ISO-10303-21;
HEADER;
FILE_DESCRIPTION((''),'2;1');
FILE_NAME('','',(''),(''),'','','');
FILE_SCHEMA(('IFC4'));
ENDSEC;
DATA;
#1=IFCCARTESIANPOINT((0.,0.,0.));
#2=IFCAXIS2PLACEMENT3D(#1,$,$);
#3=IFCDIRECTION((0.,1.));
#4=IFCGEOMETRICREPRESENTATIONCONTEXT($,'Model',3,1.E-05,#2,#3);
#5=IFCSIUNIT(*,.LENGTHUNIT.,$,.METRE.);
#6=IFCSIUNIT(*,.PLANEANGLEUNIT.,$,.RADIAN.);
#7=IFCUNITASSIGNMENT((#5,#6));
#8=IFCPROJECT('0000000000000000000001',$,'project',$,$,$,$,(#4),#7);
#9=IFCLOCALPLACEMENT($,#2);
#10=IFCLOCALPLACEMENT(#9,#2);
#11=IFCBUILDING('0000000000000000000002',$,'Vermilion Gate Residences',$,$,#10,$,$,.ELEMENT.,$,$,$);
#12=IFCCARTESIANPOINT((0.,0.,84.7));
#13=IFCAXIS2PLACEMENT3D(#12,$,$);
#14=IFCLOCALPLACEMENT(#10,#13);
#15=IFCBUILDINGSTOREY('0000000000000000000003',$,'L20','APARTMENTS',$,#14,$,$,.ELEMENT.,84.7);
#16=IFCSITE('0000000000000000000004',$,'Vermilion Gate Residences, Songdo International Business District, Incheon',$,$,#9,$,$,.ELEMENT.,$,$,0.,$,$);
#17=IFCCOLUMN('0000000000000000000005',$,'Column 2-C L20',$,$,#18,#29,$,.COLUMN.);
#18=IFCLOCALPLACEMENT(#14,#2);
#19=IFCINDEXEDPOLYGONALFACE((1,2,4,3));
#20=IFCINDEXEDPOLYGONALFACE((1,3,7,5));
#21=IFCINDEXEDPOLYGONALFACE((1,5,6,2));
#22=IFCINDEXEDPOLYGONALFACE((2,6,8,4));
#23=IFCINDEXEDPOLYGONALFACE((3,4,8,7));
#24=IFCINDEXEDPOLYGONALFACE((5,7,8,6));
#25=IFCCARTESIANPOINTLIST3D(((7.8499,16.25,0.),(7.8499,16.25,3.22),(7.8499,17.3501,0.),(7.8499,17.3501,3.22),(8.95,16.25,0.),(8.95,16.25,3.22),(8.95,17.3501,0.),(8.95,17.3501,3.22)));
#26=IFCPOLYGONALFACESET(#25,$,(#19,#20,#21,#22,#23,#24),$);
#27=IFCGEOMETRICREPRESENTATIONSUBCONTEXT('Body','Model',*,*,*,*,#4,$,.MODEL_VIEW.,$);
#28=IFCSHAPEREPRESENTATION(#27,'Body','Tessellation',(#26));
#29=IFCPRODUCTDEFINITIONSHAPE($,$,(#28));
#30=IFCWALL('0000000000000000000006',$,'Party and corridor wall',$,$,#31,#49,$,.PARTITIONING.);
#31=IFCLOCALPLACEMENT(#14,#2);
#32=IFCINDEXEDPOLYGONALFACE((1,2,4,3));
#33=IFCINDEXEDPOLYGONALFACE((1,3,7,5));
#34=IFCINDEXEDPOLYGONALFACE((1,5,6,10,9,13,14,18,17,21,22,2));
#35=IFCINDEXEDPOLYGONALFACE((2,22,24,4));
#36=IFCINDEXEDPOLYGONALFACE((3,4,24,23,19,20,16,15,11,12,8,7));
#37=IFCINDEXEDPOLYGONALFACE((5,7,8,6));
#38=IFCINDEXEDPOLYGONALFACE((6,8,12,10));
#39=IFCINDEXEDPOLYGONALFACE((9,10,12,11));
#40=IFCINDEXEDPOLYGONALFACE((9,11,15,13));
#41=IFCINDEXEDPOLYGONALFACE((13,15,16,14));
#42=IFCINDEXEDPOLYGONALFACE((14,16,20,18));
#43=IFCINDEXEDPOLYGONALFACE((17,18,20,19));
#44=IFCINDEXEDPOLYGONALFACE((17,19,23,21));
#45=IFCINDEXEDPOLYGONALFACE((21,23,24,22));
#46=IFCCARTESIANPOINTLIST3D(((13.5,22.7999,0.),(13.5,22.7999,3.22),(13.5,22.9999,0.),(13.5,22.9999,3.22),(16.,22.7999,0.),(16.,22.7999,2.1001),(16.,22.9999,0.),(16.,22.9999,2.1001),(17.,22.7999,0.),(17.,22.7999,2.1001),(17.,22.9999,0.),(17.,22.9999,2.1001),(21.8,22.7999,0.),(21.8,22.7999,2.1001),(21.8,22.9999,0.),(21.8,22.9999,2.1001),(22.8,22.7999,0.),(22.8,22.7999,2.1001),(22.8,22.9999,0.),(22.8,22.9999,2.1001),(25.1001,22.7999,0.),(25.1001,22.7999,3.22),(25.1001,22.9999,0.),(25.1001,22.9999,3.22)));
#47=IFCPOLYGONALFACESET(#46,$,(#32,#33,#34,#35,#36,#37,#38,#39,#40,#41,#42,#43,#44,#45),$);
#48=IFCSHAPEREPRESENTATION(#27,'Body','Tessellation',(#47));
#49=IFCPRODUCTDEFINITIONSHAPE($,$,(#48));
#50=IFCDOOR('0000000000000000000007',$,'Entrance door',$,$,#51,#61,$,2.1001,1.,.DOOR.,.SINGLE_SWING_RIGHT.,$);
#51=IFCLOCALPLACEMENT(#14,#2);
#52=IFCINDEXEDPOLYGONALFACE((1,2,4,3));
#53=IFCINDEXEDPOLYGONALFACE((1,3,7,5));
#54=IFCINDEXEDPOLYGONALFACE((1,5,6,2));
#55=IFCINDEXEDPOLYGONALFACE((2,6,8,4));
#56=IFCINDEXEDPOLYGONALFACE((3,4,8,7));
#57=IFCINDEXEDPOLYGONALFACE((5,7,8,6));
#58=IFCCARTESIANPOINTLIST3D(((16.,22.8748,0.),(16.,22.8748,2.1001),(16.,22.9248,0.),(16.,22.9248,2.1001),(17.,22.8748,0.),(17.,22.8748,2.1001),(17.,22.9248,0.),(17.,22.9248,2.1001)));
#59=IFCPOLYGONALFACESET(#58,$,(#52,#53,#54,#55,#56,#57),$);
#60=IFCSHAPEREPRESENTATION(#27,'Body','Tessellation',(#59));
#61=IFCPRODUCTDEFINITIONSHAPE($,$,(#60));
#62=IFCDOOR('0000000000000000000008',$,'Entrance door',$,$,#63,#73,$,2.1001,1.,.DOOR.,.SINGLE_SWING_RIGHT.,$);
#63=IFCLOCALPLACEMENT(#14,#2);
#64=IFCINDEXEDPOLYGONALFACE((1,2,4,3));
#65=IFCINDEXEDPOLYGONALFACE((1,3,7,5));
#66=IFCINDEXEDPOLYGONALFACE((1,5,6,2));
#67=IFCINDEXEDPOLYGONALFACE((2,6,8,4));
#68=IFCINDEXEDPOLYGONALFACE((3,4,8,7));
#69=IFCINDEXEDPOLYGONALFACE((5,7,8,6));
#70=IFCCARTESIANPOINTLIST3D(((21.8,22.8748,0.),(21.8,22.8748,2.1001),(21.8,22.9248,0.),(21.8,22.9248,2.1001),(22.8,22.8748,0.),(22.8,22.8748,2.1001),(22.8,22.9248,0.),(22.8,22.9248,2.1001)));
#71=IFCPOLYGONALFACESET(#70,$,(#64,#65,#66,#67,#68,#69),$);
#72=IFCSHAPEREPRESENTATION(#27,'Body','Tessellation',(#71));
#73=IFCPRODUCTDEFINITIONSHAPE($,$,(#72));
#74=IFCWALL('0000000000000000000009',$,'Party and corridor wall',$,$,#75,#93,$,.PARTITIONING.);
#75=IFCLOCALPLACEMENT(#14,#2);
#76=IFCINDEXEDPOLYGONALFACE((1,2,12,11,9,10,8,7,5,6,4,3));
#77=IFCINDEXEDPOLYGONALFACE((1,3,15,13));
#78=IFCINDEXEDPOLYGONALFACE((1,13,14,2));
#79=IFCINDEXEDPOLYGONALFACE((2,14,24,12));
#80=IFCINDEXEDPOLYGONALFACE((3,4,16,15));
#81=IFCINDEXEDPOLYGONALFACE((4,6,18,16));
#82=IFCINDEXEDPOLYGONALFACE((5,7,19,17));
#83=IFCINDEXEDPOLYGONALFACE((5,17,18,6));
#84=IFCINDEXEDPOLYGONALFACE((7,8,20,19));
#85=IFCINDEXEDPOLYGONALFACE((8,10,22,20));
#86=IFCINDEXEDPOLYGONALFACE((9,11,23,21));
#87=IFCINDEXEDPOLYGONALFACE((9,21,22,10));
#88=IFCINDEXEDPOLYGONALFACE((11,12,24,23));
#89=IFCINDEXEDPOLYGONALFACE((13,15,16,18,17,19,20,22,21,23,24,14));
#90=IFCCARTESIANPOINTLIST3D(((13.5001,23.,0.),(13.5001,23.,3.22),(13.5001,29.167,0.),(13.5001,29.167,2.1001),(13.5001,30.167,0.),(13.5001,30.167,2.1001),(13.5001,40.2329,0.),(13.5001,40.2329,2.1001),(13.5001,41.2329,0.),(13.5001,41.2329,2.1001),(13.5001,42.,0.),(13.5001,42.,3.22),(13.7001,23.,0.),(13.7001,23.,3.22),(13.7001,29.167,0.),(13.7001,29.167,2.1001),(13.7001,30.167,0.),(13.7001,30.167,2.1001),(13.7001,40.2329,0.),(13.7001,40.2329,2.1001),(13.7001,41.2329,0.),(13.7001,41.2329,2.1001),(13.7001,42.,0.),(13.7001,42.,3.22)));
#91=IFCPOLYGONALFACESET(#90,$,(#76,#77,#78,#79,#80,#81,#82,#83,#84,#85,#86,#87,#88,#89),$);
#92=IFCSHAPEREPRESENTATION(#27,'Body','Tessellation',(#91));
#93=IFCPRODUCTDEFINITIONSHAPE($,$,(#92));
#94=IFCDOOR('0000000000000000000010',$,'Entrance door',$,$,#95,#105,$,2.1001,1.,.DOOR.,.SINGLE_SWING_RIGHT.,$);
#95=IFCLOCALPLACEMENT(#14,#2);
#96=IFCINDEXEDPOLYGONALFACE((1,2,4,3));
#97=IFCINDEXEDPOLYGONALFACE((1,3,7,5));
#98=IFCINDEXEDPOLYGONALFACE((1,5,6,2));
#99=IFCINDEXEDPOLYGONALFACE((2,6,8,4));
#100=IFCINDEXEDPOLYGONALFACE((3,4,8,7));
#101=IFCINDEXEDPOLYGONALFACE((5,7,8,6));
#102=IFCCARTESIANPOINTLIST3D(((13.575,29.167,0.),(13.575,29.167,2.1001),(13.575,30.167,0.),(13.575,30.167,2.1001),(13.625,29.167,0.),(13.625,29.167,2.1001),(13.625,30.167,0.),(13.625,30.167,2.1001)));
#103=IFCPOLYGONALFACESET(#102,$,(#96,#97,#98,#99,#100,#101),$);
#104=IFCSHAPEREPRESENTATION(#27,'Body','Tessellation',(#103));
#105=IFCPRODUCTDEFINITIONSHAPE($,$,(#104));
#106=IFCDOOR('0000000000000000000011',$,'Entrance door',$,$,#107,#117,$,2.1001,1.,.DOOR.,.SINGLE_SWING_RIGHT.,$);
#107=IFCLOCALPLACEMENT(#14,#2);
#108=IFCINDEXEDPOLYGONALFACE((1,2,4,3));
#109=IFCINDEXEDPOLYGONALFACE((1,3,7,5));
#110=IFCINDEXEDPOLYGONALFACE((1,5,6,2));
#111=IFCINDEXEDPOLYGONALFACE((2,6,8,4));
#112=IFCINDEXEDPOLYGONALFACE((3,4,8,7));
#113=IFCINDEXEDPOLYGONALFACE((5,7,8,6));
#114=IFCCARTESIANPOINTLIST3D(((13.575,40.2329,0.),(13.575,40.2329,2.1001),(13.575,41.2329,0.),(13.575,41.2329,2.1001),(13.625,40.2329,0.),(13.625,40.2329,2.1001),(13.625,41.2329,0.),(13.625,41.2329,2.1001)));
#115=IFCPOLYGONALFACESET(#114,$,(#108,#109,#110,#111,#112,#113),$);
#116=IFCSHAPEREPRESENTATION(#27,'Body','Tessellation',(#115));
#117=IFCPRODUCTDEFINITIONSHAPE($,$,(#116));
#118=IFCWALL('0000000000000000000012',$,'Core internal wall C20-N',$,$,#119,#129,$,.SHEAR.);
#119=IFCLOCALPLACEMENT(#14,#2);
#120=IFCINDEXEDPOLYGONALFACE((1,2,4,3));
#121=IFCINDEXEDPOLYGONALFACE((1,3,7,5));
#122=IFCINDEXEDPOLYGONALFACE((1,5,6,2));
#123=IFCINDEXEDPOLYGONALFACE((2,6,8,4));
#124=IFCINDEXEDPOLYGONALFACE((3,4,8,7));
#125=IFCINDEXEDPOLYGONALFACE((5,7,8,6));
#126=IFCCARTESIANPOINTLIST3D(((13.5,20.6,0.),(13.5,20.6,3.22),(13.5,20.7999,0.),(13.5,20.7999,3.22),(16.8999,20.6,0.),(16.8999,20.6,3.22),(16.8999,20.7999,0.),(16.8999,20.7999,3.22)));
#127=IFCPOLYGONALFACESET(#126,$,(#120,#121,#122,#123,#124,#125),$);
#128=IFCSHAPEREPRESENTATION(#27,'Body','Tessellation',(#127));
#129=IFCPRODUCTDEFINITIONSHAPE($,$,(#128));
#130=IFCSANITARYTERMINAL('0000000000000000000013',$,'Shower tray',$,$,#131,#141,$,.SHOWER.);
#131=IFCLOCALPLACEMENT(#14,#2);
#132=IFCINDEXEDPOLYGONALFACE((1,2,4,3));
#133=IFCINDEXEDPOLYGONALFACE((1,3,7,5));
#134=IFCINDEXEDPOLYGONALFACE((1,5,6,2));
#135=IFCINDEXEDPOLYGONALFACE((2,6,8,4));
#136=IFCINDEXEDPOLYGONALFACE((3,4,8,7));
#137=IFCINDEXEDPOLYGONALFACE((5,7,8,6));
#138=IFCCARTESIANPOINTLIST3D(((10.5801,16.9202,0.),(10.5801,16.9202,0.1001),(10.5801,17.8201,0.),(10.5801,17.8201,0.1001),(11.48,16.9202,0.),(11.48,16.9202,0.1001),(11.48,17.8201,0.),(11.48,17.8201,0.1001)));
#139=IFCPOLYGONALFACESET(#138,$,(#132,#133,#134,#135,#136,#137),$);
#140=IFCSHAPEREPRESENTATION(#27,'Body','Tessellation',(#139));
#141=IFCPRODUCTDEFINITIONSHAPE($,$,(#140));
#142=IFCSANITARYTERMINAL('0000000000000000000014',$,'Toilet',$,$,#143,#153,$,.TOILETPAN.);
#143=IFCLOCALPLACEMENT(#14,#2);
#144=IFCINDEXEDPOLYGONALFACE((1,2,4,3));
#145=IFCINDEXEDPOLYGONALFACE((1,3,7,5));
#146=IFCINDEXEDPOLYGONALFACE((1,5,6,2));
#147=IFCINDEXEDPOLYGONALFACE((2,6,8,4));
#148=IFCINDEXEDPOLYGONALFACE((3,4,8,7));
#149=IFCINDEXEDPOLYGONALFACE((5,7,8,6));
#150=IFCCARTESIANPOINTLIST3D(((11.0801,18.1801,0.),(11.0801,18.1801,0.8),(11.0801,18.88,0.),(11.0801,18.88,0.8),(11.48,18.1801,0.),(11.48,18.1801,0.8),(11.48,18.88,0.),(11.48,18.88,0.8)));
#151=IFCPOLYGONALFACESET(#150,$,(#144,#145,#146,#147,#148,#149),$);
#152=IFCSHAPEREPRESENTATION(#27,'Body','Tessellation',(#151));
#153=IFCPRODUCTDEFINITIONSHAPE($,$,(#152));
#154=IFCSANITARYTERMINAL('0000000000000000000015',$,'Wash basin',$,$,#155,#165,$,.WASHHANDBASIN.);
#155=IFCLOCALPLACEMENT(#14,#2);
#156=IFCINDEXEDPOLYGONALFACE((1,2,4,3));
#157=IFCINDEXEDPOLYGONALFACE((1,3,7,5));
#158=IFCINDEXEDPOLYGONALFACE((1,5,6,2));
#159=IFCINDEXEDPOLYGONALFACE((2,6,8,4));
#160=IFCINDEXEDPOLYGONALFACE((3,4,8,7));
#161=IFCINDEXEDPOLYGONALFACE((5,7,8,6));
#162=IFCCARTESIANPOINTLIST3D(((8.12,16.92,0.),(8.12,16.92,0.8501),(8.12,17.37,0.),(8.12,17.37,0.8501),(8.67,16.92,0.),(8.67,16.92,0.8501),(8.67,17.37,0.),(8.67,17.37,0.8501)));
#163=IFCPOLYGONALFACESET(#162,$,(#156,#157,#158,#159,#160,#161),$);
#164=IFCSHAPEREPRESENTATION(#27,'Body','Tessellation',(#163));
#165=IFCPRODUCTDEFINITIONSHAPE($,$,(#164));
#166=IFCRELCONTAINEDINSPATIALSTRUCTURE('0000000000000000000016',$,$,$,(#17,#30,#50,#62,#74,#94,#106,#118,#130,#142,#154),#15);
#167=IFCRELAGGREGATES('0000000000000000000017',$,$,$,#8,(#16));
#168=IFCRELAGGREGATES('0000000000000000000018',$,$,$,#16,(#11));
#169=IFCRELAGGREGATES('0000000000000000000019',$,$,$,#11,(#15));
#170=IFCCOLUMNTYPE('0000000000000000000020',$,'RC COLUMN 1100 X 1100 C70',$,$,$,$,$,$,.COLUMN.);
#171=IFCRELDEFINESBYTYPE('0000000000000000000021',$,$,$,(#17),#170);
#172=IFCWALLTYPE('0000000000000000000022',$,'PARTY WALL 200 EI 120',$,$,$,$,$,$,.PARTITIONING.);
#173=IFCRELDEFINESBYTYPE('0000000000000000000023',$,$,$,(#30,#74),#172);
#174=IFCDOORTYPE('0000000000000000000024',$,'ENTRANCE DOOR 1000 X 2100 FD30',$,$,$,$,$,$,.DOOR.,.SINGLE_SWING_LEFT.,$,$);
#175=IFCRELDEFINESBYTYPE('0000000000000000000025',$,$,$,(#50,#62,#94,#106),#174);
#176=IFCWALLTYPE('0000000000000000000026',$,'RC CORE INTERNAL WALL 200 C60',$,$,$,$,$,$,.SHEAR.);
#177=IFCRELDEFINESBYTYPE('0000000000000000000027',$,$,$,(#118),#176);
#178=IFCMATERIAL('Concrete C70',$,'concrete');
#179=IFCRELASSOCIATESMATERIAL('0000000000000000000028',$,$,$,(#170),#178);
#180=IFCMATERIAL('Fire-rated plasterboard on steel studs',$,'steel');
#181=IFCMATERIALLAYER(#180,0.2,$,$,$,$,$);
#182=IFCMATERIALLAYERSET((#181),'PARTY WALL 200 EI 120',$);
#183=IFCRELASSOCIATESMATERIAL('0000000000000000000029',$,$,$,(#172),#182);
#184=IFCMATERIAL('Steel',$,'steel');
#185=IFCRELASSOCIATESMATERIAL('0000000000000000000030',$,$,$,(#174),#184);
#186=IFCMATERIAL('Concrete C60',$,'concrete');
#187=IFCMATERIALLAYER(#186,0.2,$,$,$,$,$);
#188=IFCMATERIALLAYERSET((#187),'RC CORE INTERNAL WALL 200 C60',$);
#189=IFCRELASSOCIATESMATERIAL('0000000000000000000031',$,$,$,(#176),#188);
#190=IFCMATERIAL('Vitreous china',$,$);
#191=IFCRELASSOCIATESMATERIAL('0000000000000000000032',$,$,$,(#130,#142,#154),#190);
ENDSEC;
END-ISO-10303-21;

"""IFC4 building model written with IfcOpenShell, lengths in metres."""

from ifc_helpers import new_model, si_unit, direction, frame, frame_2d, origin, origin_2d, place, context, subcontext, project, spatial, rectangle, extrude, material, layer, layer_set, material_profile, profile_set, type_object, element, fill, save


model = new_model("IFC4")

# Units and contexts
model_context = context("Model", 3, precision=1e-05, world=origin(), true_north=direction((0.0, 1.0)))
body_context = subcontext(model_context, "Body", "Model", "MODEL_VIEW")
ifc_project = project(units=[si_unit("LENGTHUNIT", "METRE"), si_unit("PLANEANGLEUNIT", "RADIAN")], contexts=[model_context])

# Site, building, storey
site_placement = place(None, origin())
site = spatial("IfcSite", under=ifc_project, at=site_placement, Name="Vermilion Gate Residences, Songdo International Business District, Incheon", CompositionType="ELEMENT", RefElevation=0.0)
building_placement = place(site_placement, origin())
building = spatial("IfcBuilding", under=site, at=building_placement, Name="Vermilion Gate Residences", CompositionType="ELEMENT")
storey_placement = place(building_placement, frame((0.0, 0.0, 84.7)))
storey = spatial("IfcBuildingStorey", under=building, at=storey_placement, Name="L20", Description="APARTMENTS", CompositionType="ELEMENT", Elevation=84.7)

# Column
ifc_material_1 = material(Name="Concrete C70", Category="concrete")
ifc_material_profile = material_profile(ifc_material_1, rectangle(XDim=1.1001, YDim=1.1001, at=origin_2d()), Name="RC-1100x1100")
ifc_profile_set = profile_set([ifc_material_profile], Name="Concrete C70")
column_type = type_object("IfcColumnType", Name="RC COLUMN 1100 X 1100 C70", PredefinedType="COLUMN", material=ifc_profile_set)
column_placement = place(storey_placement, frame((8.3999, 16.8, 0.0), z_axis=(0.0, 0.0, 1.0), x_axis=(1.0, 0.0, 0.0)))
element("IfcColumn", 1, at=column_placement, inside=storey, type_object=column_type, Name="Column 2-C L20", PredefinedType="COLUMN", context=body_context, shape_type="SweptSolid", body=[
    extrude(rectangle(XDim=1.1001, YDim=1.1001, at=origin_2d()), origin(), (0.0, 0.0, 1.0), 3.22),
])

# Walls, openings, doors
ifc_material_2 = material(Name="Fire-rated plasterboard on steel studs", Category="steel")
ifc_layer_1 = layer(ifc_material_2, 0.2)
ifc_layer_set_1 = layer_set([ifc_layer_1], Name="PARTY WALL 200 EI 120")
wall_type_1 = type_object("IfcWallType", Name="PARTY WALL 200 EI 120", PredefinedType="PARTITIONING", material=ifc_layer_set_1)
wall_1_placement = place(storey_placement, frame((13.5, 22.8999, 0.0), z_axis=(0.0, 0.0, 1.0), x_axis=(1.0, 0.0, 0.0)))
wall_1 = element("IfcWall", 2, at=wall_1_placement, inside=storey, type_object=wall_type_1, Name="Party and corridor wall", PredefinedType="PARTITIONING", context=body_context, shape_type="SweptSolid", body=[
    extrude(rectangle(XDim=11.6001, YDim=0.2, at=frame_2d((5.8, 0.0))), origin(), (0.0, 0.0, 1.0), 3.22),
])
opening_1_placement = place(wall_1_placement, frame((2.5, 0.0, 0.0)))
opening_1 = element("IfcOpeningElement", 3, at=opening_1_placement, cuts=wall_1, PredefinedType="OPENING", context=body_context, shape_type="SweptSolid", body=[
    extrude(rectangle(XDim=1.0, YDim=2.1001, at=frame_2d((0.5, 1.05))), frame((0.0, 0.1099, 0.0), z_axis=(0.0, -1.0, 0.0), x_axis=(1.0, 0.0, 0.0)), (0.0, 0.0, 1.0), 0.22),
])
opening_2_placement = place(wall_1_placement, frame((8.3, 0.0, 0.0)))
opening_2 = element("IfcOpeningElement", 4, at=opening_2_placement, cuts=wall_1, PredefinedType="OPENING", context=body_context, shape_type="SweptSolid", body=[
    extrude(rectangle(XDim=1.0, YDim=2.1001, at=frame_2d((0.5, 1.05))), frame((0.0, 0.1099, 0.0), z_axis=(0.0, -1.0, 0.0), x_axis=(1.0, 0.0, 0.0)), (0.0, 0.0, 1.0), 0.22),
])
ifc_material_3 = material(Name="Steel", Category="steel")
door_type = type_object("IfcDoorType", Name="ENTRANCE DOOR 1000 X 2100 FD30", OperationType="SINGLE_SWING_LEFT", PredefinedType="DOOR", material=ifc_material_3)
door_1_placement = place(opening_1_placement, origin())
door_1 = element("IfcDoor", 5, at=door_1_placement, inside=storey, type_object=door_type, Name="Entrance door", OperationType="SINGLE_SWING_RIGHT", OverallHeight=2.1001, OverallWidth=1.0, PredefinedType="DOOR", context=body_context, shape_type="SweptSolid", body=[
    extrude(rectangle(XDim=1.0, YDim=2.1001, at=frame_2d((0.5, 1.05))), frame((0.0, 0.0249, 0.0), z_axis=(0.0, -1.0, 0.0), x_axis=(1.0, 0.0, 0.0)), (0.0, 0.0, 1.0), 0.05),
])
fill(opening_1, door_1)
door_2_placement = place(opening_2_placement, origin())
door_2 = element("IfcDoor", 6, at=door_2_placement, inside=storey, type_object=door_type, Name="Entrance door", OperationType="SINGLE_SWING_RIGHT", OverallHeight=2.1001, OverallWidth=1.0, PredefinedType="DOOR", context=body_context, shape_type="SweptSolid", body=[
    extrude(rectangle(XDim=1.0, YDim=2.1001, at=frame_2d((0.5, 1.05))), frame((0.0, 0.0249, 0.0), z_axis=(0.0, -1.0, 0.0), x_axis=(1.0, 0.0, 0.0)), (0.0, 0.0, 1.0), 0.05),
])
fill(opening_2, door_2)
wall_2_placement = place(storey_placement, frame((13.6001, 23.0, 0.0), z_axis=(0.0, 0.0, 1.0), x_axis=(0.0, 1.0, 0.0)))
wall_2 = element("IfcWall", 7, at=wall_2_placement, inside=storey, type_object=wall_type_1, Name="Party and corridor wall", PredefinedType="PARTITIONING", context=body_context, shape_type="SweptSolid", body=[
    extrude(rectangle(XDim=19.0, YDim=0.2, at=frame_2d((9.5, 0.0))), origin(), (0.0, 0.0, 1.0), 3.22),
])
opening_3_placement = place(wall_2_placement, frame((6.167, 0.0, 0.0)))
opening_3 = element("IfcOpeningElement", 8, at=opening_3_placement, cuts=wall_2, PredefinedType="OPENING", context=body_context, shape_type="SweptSolid", body=[
    extrude(rectangle(XDim=1.0, YDim=2.1001, at=frame_2d((0.5, 1.05))), frame((0.0, 0.1099, 0.0), z_axis=(0.0, -1.0, 0.0), x_axis=(1.0, 0.0, 0.0)), (0.0, 0.0, 1.0), 0.22),
])
opening_4_placement = place(wall_2_placement, frame((17.2329, 0.0, 0.0)))
opening_4 = element("IfcOpeningElement", 9, at=opening_4_placement, cuts=wall_2, PredefinedType="OPENING", context=body_context, shape_type="SweptSolid", body=[
    extrude(rectangle(XDim=1.0, YDim=2.1001, at=frame_2d((0.5, 1.05))), frame((0.0, 0.1099, 0.0), z_axis=(0.0, -1.0, 0.0), x_axis=(1.0, 0.0, 0.0)), (0.0, 0.0, 1.0), 0.22),
])
door_3_placement = place(opening_3_placement, frame((1.0, 0.0, 0.0), z_axis=(0.0, 0.0, 1.0), x_axis=(-1.0, 0.0, 0.0)))
door_3 = element("IfcDoor", 10, at=door_3_placement, inside=storey, type_object=door_type, Name="Entrance door", OperationType="SINGLE_SWING_RIGHT", OverallHeight=2.1001, OverallWidth=1.0, PredefinedType="DOOR", context=body_context, shape_type="SweptSolid", body=[
    extrude(rectangle(XDim=1.0, YDim=2.1001, at=frame_2d((0.5, 1.05))), frame((0.0, 0.0249, 0.0), z_axis=(0.0, -1.0, 0.0), x_axis=(1.0, 0.0, 0.0)), (0.0, 0.0, 1.0), 0.05),
])
fill(opening_3, door_3)
door_4_placement = place(opening_4_placement, frame((1.0, 0.0, 0.0), z_axis=(0.0, 0.0, 1.0), x_axis=(-1.0, 0.0, 0.0)))
door_4 = element("IfcDoor", 11, at=door_4_placement, inside=storey, type_object=door_type, Name="Entrance door", OperationType="SINGLE_SWING_RIGHT", OverallHeight=2.1001, OverallWidth=1.0, PredefinedType="DOOR", context=body_context, shape_type="SweptSolid", body=[
    extrude(rectangle(XDim=1.0, YDim=2.1001, at=frame_2d((0.5, 1.05))), frame((0.0, 0.0249, 0.0), z_axis=(0.0, -1.0, 0.0), x_axis=(1.0, 0.0, 0.0)), (0.0, 0.0, 1.0), 0.05),
])
fill(opening_4, door_4)

# Wall
ifc_material_4 = material(Name="Concrete C60", Category="concrete")
ifc_layer_2 = layer(ifc_material_4, 0.2)
ifc_layer_set_2 = layer_set([ifc_layer_2], Name="RC CORE INTERNAL WALL 200 C60")
wall_type_2 = type_object("IfcWallType", Name="RC CORE INTERNAL WALL 200 C60", PredefinedType="SHEAR", material=ifc_layer_set_2)
wall_3_placement = place(storey_placement, frame((13.5, 20.7, 0.0), z_axis=(0.0, 0.0, 1.0), x_axis=(1.0, 0.0, 0.0)))
element("IfcWall", 12, at=wall_3_placement, inside=storey, type_object=wall_type_2, Name="Core internal wall C20-N", PredefinedType="SHEAR", context=body_context, shape_type="SweptSolid", body=[
    extrude(rectangle(XDim=3.3999, YDim=0.2, at=frame_2d((1.7, 0.0))), origin(), (0.0, 0.0, 1.0), 3.22),
])

# Sanitary terminals
ifc_material_5 = material(Name="Vitreous china")
sanitary_terminal_1_placement = place(storey_placement, frame((11.03, 17.3701, 0.0), z_axis=(0.0, 0.0, 1.0), x_axis=(1.0, 0.0, 0.0)))
element("IfcSanitaryTerminal", 13, at=sanitary_terminal_1_placement, inside=storey, material=ifc_material_5, Name="Shower tray", PredefinedType="SHOWER", context=body_context, shape_type="SweptSolid", body=[
    extrude(rectangle(XDim=0.8999, YDim=0.8999, at=origin_2d()), origin(), (0.0, 0.0, 1.0), 0.1001),
])
sanitary_terminal_2_placement = place(storey_placement, frame((11.28, 18.53, 0.0), z_axis=(0.0, 0.0, 1.0), x_axis=(1.0, 0.0, 0.0)))
element("IfcSanitaryTerminal", 14, at=sanitary_terminal_2_placement, inside=storey, material=ifc_material_5, Name="Toilet", PredefinedType="TOILETPAN", context=body_context, shape_type="SweptSolid", body=[
    extrude(rectangle(XDim=0.3999, YDim=0.7, at=origin_2d()), origin(), (0.0, 0.0, 1.0), 0.8),
])
sanitary_terminal_3_placement = place(storey_placement, frame((8.395, 17.145, 0.0), z_axis=(0.0, 0.0, 1.0), x_axis=(1.0, 0.0, 0.0)))
element("IfcSanitaryTerminal", 15, at=sanitary_terminal_3_placement, inside=storey, material=ifc_material_5, Name="Wash basin", PredefinedType="WASHHANDBASIN", context=body_context, shape_type="SweptSolid", body=[
    extrude(rectangle(XDim=0.55, YDim=0.45, at=origin_2d()), origin(), (0.0, 0.0, 1.0), 0.8501),
])

save(model, "model.ifc")
